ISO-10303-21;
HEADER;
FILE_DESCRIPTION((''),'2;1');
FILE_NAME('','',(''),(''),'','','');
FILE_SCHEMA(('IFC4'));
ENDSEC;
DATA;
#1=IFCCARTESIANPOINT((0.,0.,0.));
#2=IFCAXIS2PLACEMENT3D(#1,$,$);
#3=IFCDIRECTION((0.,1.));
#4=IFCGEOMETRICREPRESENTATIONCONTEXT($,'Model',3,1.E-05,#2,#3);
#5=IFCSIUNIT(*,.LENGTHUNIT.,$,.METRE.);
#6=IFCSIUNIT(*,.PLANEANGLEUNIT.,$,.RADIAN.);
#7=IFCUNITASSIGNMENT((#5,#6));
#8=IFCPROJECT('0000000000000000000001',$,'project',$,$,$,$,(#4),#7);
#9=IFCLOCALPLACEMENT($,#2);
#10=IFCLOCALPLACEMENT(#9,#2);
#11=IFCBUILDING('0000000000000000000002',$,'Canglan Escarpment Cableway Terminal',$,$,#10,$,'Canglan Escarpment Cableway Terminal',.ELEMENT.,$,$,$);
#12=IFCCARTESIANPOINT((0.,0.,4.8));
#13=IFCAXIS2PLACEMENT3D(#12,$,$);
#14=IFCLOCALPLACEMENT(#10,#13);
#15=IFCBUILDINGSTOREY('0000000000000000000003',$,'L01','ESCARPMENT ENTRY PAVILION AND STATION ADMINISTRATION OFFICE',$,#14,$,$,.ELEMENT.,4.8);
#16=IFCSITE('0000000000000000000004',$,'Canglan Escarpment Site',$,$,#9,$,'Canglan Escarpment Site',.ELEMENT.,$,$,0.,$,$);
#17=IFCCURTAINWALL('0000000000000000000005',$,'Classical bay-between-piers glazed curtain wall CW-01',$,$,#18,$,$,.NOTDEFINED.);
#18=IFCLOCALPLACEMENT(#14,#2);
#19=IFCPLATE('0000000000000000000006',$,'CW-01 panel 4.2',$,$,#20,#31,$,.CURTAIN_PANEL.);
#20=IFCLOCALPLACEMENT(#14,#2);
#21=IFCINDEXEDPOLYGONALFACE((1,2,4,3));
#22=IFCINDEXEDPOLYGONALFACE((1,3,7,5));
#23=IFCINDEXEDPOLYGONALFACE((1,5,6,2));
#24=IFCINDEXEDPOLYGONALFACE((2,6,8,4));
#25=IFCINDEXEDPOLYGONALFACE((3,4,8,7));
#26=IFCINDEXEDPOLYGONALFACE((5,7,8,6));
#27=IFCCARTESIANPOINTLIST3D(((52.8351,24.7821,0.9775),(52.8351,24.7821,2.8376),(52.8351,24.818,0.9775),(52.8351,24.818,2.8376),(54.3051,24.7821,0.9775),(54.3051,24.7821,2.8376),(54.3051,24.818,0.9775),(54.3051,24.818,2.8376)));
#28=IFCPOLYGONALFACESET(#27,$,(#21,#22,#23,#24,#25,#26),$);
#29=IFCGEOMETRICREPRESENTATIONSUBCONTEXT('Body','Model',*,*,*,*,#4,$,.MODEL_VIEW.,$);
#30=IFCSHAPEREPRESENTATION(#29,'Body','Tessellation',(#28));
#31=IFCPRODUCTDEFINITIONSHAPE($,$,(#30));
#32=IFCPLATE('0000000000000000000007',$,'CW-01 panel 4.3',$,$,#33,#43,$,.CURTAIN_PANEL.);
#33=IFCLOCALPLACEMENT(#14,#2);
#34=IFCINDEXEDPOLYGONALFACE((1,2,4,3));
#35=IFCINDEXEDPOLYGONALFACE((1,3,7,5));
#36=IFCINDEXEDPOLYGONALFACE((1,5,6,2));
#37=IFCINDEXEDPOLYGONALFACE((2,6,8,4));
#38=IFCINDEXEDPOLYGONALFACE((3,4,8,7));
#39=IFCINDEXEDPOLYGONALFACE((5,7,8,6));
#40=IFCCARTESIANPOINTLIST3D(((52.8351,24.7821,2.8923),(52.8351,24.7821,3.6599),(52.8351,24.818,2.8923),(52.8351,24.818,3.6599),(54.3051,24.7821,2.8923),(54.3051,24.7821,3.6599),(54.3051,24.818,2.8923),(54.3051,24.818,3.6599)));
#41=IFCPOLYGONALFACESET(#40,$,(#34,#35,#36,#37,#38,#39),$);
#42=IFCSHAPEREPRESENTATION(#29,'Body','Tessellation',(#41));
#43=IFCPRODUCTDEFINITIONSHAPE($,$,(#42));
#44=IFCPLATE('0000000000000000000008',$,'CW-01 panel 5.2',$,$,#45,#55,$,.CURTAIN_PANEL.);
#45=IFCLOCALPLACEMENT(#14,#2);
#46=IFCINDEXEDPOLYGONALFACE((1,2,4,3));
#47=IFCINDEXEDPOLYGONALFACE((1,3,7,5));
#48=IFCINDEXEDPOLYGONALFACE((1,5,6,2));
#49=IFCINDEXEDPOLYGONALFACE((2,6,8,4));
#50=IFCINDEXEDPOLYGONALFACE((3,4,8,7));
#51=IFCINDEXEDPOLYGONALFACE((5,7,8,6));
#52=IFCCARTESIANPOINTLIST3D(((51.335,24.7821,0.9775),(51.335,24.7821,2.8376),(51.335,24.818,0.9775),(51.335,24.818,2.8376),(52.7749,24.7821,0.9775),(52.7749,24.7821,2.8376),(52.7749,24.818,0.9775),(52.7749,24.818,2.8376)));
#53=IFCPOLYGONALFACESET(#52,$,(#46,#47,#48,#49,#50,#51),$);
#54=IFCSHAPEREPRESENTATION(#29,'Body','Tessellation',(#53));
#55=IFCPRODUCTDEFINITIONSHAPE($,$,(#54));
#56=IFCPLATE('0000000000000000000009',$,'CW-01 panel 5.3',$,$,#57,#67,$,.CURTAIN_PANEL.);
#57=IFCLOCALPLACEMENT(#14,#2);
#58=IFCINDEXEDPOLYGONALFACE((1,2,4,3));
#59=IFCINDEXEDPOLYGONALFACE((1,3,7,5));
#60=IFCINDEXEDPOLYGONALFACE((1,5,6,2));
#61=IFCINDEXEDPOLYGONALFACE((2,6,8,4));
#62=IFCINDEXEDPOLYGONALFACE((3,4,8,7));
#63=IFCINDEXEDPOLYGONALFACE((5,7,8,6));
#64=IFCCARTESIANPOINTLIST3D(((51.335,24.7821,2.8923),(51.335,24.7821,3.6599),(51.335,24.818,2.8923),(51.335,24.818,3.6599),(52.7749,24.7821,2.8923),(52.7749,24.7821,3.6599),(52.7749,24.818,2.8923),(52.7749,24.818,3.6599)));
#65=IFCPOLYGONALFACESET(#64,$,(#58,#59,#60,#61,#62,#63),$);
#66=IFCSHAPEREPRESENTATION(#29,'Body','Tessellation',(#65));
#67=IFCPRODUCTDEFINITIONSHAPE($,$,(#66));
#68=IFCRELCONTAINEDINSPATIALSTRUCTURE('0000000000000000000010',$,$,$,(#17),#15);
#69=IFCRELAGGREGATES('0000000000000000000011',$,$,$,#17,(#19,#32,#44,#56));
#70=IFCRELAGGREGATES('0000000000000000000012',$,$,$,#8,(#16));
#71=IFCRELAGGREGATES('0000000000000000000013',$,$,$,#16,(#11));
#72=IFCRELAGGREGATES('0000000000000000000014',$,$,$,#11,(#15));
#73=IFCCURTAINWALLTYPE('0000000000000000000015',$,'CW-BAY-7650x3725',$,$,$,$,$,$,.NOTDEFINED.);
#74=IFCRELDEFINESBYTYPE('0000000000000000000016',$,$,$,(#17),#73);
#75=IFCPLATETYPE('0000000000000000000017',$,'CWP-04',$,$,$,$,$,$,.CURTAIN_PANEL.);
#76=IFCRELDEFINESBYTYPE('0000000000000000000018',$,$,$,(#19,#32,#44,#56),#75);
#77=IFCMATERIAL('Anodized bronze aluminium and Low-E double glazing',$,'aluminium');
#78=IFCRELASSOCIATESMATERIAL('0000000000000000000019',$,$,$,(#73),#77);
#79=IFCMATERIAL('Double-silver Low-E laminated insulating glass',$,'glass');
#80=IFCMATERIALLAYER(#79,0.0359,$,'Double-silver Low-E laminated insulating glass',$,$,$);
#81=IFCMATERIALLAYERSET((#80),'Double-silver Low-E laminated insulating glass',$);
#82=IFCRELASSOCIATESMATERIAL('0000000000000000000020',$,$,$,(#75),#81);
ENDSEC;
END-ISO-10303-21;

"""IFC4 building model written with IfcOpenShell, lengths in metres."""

from ifc_helpers import new_model, si_unit, direction, frame, origin, origin_2d, place, context, subcontext, project, spatial, rectangle, extrude, material, layer, layer_set, type_object, element, aggregate, save


model = new_model("IFC4")

# Units and contexts
model_context = context("Model", 3, precision=1e-05, world=origin(), true_north=direction((0.0, 1.0)))
body_context = subcontext(model_context, "Body", "Model", "MODEL_VIEW")
ifc_project = project(units=[si_unit("LENGTHUNIT", "METRE"), si_unit("PLANEANGLEUNIT", "RADIAN")], contexts=[model_context])

# Site, building, storey
site_placement = place(None, origin())
site = spatial("IfcSite", under=ifc_project, at=site_placement, Name="Canglan Escarpment Site", LongName="Canglan Escarpment Site", CompositionType="ELEMENT", RefElevation=0.0)
building_placement = place(site_placement, origin())
building = spatial("IfcBuilding", under=site, at=building_placement, Name="Canglan Escarpment Cableway Terminal", LongName="Canglan Escarpment Cableway Terminal", CompositionType="ELEMENT")
storey_placement = place(building_placement, frame((0.0, 0.0, 4.8)))
storey = spatial("IfcBuildingStorey", under=building, at=storey_placement, Name="L01", Description="ESCARPMENT ENTRY PAVILION AND STATION ADMINISTRATION OFFICE", CompositionType="ELEMENT", Elevation=4.8)

# Curtain wall, plates
ifc_material_1 = material(Name="Anodized bronze aluminium and Low-E double glazing", Category="aluminium")
curtain_wall_type = type_object("IfcCurtainWallType", Name="CW-BAY-7650x3725", PredefinedType="NOTDEFINED", material=ifc_material_1)
curtain_wall_placement = place(storey_placement, origin())
curtain_wall = element("IfcCurtainWall", 1, at=curtain_wall_placement, inside=storey, type_object=curtain_wall_type, Name="Classical bay-between-piers glazed curtain wall CW-01", PredefinedType="NOTDEFINED")
ifc_material_2 = material(Name="Double-silver Low-E laminated insulating glass", Category="glass")
ifc_layer = layer(ifc_material_2, 0.0359, Name="Double-silver Low-E laminated insulating glass")
ifc_layer_set = layer_set([ifc_layer], Name="Double-silver Low-E laminated insulating glass")
plate_type = type_object("IfcPlateType", Name="CWP-04", PredefinedType="CURTAIN_PANEL", material=ifc_layer_set)
plate_1_placement = place(storey_placement, frame((53.5701, 24.8, 0.9775), z_axis=(0.0, 0.0, 1.0), x_axis=(-1.0, 0.0, 0.0)))
plate_1 = element("IfcPlate", 2, at=plate_1_placement, type_object=plate_type, Name="CW-01 panel 4.2", PredefinedType="CURTAIN_PANEL", context=body_context, shape_type="SweptSolid", body=[
    extrude(rectangle(XDim=1.47, YDim=0.0359, at=origin_2d()), origin(), (0.0, 0.0, 1.0), 1.8601),
])
plate_2_placement = place(storey_placement, frame((53.5701, 24.8, 2.8923), z_axis=(0.0, 0.0, 1.0), x_axis=(-1.0, 0.0, 0.0)))
plate_2 = element("IfcPlate", 3, at=plate_2_placement, type_object=plate_type, Name="CW-01 panel 4.3", PredefinedType="CURTAIN_PANEL", context=body_context, shape_type="SweptSolid", body=[
    extrude(rectangle(XDim=1.47, YDim=0.0359, at=origin_2d()), origin(), (0.0, 0.0, 1.0), 0.7676),
])
plate_3_placement = place(storey_placement, frame((52.0549, 24.8, 0.9775), z_axis=(0.0, 0.0, 1.0), x_axis=(-1.0, 0.0, 0.0)))
plate_3 = element("IfcPlate", 4, at=plate_3_placement, type_object=plate_type, Name="CW-01 panel 5.2", PredefinedType="CURTAIN_PANEL", context=body_context, shape_type="SweptSolid", body=[
    extrude(rectangle(XDim=1.4399, YDim=0.0359, at=origin_2d()), origin(), (0.0, 0.0, 1.0), 1.8601),
])
plate_4_placement = place(storey_placement, frame((52.0549, 24.8, 2.8923), z_axis=(0.0, 0.0, 1.0), x_axis=(-1.0, 0.0, 0.0)))
plate_4 = element("IfcPlate", 5, at=plate_4_placement, type_object=plate_type, Name="CW-01 panel 5.3", PredefinedType="CURTAIN_PANEL", context=body_context, shape_type="SweptSolid", body=[
    extrude(rectangle(XDim=1.4399, YDim=0.0359, at=origin_2d()), origin(), (0.0, 0.0, 1.0), 0.7676),
])
aggregate(curtain_wall, [plate_1, plate_2, plate_3, plate_4])

save(model, "model.ifc")
